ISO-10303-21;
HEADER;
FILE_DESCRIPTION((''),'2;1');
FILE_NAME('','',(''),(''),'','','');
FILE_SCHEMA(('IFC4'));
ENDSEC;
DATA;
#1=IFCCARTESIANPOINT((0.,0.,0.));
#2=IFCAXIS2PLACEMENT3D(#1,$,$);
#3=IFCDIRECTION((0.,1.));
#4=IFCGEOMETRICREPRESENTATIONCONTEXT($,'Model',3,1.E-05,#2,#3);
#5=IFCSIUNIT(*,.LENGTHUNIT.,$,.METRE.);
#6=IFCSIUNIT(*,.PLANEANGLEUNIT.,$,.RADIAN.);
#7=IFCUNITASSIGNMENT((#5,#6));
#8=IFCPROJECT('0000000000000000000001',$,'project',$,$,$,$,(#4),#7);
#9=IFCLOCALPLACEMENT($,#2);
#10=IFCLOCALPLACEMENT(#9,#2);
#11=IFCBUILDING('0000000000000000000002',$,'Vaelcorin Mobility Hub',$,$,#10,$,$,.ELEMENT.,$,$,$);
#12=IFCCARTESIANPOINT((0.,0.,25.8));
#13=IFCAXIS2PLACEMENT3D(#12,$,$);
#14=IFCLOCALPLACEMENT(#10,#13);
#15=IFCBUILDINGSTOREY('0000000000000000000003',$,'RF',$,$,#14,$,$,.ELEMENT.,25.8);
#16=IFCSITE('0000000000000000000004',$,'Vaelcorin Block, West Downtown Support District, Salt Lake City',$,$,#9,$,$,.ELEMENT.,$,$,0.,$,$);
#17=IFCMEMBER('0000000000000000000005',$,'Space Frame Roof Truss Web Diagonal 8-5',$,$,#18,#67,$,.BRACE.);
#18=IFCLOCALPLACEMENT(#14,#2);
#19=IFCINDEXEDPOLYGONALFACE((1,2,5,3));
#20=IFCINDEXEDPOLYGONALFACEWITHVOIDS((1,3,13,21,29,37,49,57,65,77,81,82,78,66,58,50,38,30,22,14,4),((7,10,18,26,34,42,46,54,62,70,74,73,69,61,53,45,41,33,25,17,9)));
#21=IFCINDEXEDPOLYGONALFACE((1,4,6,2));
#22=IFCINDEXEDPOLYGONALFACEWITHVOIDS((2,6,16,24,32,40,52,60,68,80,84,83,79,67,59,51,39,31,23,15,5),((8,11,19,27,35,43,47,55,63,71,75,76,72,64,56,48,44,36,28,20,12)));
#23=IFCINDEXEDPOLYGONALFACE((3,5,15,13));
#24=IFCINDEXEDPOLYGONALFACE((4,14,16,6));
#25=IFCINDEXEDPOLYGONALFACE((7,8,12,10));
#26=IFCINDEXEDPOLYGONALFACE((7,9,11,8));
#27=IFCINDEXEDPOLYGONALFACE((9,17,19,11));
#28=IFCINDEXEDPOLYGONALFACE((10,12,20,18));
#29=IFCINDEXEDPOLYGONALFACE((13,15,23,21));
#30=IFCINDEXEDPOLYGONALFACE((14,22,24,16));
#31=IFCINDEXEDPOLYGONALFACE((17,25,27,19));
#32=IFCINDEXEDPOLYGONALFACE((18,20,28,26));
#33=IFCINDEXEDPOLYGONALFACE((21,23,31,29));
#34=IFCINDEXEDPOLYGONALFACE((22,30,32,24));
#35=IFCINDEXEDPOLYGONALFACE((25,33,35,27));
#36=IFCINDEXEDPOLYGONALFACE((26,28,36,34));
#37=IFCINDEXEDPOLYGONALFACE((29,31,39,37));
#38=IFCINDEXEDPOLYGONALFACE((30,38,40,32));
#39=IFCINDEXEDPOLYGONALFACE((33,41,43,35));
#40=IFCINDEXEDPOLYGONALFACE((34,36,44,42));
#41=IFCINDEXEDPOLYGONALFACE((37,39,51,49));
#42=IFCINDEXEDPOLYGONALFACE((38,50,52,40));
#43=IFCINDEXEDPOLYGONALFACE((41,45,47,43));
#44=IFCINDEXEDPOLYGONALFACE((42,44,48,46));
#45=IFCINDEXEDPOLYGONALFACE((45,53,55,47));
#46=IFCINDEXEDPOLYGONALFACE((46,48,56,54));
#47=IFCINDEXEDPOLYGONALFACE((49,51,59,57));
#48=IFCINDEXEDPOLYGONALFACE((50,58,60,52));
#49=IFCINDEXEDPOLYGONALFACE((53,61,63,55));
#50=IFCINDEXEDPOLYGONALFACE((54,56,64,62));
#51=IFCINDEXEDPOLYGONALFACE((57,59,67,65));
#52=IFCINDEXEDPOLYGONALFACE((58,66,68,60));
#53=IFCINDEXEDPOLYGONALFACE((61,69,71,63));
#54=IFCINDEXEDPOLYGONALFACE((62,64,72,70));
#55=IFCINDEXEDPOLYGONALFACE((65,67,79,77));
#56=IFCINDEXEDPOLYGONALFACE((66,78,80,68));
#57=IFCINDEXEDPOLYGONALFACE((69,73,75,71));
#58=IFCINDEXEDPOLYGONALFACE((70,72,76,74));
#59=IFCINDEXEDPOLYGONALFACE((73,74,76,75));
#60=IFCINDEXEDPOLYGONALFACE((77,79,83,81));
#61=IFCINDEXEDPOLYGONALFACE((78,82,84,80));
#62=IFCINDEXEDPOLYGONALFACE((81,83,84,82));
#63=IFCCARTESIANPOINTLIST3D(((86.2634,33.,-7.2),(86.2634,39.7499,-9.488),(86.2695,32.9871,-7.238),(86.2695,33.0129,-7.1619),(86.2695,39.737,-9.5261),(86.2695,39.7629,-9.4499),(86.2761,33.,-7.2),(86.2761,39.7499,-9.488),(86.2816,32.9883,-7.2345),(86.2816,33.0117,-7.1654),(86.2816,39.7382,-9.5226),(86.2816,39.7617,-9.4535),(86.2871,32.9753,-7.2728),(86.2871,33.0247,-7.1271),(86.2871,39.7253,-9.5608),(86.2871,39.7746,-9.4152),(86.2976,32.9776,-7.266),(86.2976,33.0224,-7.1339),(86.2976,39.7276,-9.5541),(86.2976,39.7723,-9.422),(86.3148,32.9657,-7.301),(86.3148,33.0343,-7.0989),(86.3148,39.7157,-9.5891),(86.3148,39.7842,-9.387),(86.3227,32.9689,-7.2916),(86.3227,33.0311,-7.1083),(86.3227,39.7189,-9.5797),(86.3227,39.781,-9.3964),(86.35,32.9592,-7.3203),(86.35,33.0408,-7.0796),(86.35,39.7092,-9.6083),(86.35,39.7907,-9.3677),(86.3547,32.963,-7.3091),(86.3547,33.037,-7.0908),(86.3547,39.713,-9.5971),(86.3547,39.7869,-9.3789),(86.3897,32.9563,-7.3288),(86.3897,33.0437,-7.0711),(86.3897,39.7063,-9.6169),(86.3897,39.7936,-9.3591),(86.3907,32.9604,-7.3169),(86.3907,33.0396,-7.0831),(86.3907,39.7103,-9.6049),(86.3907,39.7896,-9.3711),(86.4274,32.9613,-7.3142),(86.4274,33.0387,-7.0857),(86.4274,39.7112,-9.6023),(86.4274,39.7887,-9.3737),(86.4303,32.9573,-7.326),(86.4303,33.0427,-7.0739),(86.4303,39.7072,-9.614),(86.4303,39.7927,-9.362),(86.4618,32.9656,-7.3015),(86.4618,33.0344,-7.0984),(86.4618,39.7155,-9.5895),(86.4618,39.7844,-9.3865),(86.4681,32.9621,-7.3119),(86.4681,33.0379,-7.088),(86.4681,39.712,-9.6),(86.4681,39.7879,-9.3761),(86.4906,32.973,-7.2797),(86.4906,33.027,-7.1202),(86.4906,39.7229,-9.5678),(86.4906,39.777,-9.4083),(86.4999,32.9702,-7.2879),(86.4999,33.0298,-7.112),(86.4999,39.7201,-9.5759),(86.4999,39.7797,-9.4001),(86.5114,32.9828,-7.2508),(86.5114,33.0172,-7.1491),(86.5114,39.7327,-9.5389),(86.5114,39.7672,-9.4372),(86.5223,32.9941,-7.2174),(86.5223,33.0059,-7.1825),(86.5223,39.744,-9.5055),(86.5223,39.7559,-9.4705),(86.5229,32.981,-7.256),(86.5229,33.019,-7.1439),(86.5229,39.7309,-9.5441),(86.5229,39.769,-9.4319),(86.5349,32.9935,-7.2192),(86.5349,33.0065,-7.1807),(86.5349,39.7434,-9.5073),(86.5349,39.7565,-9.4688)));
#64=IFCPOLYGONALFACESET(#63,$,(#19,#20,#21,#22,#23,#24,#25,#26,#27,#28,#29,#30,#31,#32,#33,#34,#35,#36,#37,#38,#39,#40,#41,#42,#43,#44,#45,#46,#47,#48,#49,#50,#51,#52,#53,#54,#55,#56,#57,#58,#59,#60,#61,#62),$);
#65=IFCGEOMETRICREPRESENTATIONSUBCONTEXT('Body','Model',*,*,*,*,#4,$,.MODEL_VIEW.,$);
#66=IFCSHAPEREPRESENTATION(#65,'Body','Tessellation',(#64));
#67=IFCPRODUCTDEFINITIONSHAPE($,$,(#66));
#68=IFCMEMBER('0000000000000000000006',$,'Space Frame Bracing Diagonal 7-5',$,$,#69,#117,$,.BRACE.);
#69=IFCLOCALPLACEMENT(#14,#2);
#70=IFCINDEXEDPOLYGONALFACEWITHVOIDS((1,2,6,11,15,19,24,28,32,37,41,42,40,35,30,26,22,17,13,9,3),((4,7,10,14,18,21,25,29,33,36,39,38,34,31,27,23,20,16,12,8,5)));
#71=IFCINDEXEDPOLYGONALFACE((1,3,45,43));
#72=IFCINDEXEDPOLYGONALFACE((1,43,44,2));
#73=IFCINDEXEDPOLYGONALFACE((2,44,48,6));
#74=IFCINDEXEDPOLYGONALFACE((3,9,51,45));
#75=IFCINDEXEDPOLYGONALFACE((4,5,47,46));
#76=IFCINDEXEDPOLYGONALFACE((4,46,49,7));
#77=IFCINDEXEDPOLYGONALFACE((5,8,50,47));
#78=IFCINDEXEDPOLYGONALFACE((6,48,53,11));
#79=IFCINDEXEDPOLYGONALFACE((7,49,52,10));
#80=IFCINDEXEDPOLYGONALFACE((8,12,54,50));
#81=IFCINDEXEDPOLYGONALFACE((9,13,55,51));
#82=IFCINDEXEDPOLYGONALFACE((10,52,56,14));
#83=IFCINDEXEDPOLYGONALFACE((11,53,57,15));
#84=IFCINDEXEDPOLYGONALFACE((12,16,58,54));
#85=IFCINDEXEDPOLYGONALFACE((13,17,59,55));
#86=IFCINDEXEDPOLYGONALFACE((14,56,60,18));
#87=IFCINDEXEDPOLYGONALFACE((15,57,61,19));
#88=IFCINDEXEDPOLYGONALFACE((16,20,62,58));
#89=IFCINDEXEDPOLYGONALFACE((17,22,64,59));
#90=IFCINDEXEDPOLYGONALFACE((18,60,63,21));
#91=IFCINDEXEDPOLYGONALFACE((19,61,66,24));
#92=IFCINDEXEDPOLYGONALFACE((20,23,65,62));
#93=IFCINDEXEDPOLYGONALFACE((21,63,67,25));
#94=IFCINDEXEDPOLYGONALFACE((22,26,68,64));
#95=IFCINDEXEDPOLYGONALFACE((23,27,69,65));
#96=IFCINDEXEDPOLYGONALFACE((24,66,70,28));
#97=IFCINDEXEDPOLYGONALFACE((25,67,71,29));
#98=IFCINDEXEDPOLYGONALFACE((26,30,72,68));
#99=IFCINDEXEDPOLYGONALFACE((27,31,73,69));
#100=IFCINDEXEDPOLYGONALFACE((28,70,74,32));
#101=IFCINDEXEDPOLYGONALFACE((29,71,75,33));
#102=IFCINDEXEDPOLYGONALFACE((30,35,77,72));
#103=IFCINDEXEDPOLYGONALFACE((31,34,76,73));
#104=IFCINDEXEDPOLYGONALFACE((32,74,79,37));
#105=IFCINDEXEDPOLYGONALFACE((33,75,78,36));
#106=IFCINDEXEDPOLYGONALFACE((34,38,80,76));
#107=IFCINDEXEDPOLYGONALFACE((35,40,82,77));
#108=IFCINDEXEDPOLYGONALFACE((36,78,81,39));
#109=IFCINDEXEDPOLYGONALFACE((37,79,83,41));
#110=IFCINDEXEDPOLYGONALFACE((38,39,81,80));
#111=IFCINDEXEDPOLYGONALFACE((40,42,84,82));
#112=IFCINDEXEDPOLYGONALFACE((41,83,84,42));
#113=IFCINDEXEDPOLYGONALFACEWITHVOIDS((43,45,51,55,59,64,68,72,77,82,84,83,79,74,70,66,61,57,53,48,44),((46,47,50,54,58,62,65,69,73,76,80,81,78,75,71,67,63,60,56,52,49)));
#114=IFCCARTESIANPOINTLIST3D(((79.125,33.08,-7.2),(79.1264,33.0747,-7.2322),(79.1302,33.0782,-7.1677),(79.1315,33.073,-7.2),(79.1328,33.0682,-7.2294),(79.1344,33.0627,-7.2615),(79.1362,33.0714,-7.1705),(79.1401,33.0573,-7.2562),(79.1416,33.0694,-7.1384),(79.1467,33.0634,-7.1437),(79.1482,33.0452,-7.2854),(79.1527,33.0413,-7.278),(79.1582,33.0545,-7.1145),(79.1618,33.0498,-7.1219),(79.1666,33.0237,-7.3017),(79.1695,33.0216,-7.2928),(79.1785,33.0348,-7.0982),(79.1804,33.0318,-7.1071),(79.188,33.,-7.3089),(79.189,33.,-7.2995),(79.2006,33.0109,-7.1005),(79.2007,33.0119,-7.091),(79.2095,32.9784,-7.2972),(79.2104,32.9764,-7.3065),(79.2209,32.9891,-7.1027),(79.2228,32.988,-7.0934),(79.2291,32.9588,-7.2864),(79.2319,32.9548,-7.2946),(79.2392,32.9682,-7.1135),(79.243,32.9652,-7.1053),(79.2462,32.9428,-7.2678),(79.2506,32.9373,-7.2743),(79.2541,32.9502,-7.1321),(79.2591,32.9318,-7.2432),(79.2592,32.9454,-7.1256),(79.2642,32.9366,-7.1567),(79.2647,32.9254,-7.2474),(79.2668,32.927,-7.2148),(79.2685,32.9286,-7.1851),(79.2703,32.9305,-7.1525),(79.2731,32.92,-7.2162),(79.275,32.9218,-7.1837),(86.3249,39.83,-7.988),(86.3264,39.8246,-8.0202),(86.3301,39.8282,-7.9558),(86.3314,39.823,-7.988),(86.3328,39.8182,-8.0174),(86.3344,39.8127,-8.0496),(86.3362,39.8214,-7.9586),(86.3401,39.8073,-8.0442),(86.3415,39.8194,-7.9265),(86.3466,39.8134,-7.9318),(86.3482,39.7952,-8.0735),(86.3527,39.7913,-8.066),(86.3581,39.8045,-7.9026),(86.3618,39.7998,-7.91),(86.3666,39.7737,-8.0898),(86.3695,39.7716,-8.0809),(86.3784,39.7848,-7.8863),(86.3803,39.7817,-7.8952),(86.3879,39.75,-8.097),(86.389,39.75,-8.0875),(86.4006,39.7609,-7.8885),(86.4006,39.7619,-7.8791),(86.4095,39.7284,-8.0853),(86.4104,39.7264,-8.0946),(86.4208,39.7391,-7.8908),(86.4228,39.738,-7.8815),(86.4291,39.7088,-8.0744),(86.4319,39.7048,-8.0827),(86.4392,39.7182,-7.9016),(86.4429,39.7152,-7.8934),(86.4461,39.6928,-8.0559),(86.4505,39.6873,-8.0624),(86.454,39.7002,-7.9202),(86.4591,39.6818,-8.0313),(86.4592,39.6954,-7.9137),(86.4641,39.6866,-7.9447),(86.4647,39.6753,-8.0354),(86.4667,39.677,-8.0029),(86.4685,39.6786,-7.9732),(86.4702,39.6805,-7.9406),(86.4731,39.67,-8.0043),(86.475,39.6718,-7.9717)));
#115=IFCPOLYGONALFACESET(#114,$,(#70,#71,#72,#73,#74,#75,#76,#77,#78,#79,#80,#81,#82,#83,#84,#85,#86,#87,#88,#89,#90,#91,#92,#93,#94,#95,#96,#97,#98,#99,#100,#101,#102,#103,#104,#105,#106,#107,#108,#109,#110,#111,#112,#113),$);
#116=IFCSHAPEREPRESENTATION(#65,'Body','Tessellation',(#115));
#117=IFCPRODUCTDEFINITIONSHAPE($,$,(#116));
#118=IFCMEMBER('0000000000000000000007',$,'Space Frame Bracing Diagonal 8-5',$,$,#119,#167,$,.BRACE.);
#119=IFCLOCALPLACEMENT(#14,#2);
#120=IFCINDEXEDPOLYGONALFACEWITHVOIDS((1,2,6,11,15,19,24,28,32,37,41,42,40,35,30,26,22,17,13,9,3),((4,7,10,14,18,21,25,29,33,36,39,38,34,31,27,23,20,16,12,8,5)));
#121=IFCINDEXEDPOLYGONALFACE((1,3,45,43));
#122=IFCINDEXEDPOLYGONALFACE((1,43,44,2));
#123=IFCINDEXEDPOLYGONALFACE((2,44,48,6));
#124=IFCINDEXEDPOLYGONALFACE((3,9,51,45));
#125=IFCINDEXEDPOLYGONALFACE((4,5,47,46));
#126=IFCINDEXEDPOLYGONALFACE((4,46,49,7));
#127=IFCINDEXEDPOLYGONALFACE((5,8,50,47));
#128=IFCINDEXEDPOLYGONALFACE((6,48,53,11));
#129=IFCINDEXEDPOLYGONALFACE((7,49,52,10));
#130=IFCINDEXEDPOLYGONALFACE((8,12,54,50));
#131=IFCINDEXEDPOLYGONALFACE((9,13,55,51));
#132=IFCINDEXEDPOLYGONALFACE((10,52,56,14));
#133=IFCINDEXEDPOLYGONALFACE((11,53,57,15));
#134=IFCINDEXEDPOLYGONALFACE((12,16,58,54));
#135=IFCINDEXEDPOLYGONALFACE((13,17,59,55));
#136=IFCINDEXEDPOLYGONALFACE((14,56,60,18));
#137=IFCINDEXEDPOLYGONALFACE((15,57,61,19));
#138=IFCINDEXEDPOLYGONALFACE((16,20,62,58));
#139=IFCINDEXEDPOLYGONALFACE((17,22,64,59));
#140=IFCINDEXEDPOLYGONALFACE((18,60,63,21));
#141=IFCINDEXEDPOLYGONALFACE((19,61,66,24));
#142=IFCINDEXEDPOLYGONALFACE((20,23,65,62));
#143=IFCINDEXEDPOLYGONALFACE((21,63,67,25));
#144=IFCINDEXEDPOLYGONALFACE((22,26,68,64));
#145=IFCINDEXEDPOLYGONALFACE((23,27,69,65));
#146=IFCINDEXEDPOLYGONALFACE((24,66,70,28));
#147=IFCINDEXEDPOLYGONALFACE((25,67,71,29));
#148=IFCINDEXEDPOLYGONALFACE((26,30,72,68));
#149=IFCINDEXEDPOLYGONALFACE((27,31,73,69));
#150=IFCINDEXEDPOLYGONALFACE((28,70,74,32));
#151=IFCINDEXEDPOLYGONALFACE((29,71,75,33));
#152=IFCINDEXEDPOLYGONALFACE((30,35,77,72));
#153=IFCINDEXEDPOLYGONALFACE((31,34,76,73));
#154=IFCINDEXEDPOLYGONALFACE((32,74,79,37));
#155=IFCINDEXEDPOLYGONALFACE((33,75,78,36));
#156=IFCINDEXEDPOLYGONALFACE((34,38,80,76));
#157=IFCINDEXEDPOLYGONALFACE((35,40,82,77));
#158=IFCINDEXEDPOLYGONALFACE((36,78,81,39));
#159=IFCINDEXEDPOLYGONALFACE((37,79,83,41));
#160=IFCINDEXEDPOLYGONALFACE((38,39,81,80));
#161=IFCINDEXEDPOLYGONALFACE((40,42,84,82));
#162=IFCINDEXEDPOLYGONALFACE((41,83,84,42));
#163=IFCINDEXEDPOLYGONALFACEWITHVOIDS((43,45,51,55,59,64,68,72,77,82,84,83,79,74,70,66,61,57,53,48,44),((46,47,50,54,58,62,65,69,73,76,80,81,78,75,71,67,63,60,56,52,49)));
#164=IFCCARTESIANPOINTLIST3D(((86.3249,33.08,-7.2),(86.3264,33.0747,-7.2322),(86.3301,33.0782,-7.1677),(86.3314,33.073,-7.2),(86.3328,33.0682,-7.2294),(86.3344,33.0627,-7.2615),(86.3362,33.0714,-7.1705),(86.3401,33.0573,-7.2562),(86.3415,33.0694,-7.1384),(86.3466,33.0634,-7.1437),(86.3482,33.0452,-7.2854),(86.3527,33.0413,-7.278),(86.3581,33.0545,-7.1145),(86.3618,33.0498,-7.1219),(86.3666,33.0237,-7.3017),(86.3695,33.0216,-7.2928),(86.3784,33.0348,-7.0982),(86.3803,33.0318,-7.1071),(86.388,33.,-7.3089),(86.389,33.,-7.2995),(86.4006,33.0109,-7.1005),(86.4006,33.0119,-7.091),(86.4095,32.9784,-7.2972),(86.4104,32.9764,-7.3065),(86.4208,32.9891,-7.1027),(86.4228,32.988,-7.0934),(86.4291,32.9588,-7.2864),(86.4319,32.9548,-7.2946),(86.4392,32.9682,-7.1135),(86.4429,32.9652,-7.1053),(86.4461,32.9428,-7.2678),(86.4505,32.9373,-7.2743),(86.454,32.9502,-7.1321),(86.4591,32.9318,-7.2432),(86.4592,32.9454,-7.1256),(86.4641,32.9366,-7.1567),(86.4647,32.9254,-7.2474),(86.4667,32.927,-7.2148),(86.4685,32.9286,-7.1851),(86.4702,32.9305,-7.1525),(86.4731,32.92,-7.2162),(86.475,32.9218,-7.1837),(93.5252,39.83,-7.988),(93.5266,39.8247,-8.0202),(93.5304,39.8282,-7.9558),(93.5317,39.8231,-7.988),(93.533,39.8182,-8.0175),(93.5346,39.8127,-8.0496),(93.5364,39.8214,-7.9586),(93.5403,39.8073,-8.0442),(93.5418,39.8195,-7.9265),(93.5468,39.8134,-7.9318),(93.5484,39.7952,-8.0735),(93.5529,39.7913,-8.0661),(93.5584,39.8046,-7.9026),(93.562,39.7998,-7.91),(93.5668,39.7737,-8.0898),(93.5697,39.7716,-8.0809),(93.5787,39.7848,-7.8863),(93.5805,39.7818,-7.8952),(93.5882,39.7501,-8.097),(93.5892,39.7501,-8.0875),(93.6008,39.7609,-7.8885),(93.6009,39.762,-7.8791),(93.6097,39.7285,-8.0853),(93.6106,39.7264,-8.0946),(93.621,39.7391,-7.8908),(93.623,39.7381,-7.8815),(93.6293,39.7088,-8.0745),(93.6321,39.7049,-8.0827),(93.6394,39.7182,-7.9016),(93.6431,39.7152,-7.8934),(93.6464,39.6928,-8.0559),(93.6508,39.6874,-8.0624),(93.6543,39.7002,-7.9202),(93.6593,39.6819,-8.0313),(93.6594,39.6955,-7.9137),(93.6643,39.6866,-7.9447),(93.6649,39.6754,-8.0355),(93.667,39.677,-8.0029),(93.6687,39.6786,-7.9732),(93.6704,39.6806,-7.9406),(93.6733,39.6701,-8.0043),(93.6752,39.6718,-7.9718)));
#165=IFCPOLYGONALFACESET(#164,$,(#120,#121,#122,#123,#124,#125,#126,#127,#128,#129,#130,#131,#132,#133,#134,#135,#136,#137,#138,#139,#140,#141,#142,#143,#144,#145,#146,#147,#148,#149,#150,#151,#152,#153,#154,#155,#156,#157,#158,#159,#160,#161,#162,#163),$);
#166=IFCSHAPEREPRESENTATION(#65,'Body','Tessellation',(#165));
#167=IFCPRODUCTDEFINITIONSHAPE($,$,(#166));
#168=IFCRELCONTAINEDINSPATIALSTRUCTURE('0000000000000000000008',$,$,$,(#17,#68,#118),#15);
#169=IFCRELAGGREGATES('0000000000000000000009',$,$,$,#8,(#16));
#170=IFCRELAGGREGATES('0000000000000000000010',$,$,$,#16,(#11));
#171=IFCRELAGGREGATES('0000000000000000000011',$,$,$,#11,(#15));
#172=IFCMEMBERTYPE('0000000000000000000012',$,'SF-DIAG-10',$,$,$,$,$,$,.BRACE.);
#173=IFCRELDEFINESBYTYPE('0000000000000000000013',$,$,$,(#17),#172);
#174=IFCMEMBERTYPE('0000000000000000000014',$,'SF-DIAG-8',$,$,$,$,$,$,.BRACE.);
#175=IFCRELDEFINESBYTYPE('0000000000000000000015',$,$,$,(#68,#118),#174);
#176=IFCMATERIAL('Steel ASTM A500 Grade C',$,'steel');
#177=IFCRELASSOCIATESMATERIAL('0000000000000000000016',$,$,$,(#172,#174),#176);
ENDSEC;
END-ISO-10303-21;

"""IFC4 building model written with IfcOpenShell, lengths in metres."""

from ifc_helpers import new_model, si_unit, direction, frame, origin, origin_2d, place, context, subcontext, project, spatial, hollow_circle, extrude, material, material_profile, profile_set, type_object, element, save


model = new_model("IFC4")

# Units and contexts
model_context = context("Model", 3, precision=1e-05, world=origin(), true_north=direction((0.0, 1.0)))
body_context = subcontext(model_context, "Body", "Model", "MODEL_VIEW")
ifc_project = project(units=[si_unit("LENGTHUNIT", "METRE"), si_unit("PLANEANGLEUNIT", "RADIAN")], contexts=[model_context])

# Site, building, storey
site_placement = place(None, origin())
site = spatial("IfcSite", under=ifc_project, at=site_placement, Name="Vaelcorin Block, West Downtown Support District, Salt Lake City", CompositionType="ELEMENT", RefElevation=0.0)
building_placement = place(site_placement, origin())
building = spatial("IfcBuilding", under=site, at=building_placement, Name="Vaelcorin Mobility Hub", CompositionType="ELEMENT")
storey_placement = place(building_placement, frame((0.0, 0.0, 25.8)))
storey = spatial("IfcBuildingStorey", under=building, at=storey_placement, Name="RF", CompositionType="ELEMENT", Elevation=25.8)

# Members
ifc_material_1 = material(Name="Steel ASTM A500 Grade C", Category="steel")
ifc_material_profile_1 = material_profile(ifc_material_1, hollow_circle(Radius=0.1365, WallThickness=0.0127, at=origin_2d()), Name="HSS10.750X0.500")
ifc_profile_set_1 = profile_set([ifc_material_profile_1], Name="Steel ASTM A500 Grade C")
member_type_1 = type_object("IfcMemberType", Name="SF-DIAG-10", PredefinedType="BRACE", material=ifc_profile_set_1)
member_1_placement = place(storey_placement, frame((86.3999, 33.0, -7.2), z_axis=(0.0, 0.947068, -0.321033), x_axis=(-1.0, 0.0, 0.0)))
element("IfcMember", 1, at=member_1_placement, inside=storey, type_object=member_type_1, Name="Space Frame Roof Truss Web Diagonal 8-5", PredefinedType="BRACE", context=body_context, shape_type="SweptSolid", body=[
    extrude(hollow_circle(Radius=0.1365, WallThickness=0.0127, at=origin_2d()), origin(), (0.0, 0.0, 1.0), 7.1272),
])
ifc_material_profile_2 = material_profile(ifc_material_1, hollow_circle(Radius=0.1096, WallThickness=0.0095, at=origin_2d()), Name="HSS8.625X0.375")
ifc_profile_set_2 = profile_set([ifc_material_profile_2], Name="Steel ASTM A500 Grade C")
member_type_2 = type_object("IfcMemberType", Name="SF-DIAG-8", PredefinedType="BRACE", material=ifc_profile_set_2)
member_2_placement = place(storey_placement, frame((79.2, 33.0, -7.2), z_axis=(0.72722, 0.681773, -0.079599), x_axis=(-0.683944, 0.729535, 0.0)))
element("IfcMember", 2, at=member_2_placement, inside=storey, type_object=member_type_2, Name="Space Frame Bracing Diagonal 7-5", PredefinedType="BRACE", context=body_context, shape_type="SweptSolid", body=[
    extrude(hollow_circle(Radius=0.1096, WallThickness=0.0095, at=origin_2d()), origin(), (0.0, 0.0, 1.0), 9.9006),
])
member_3_placement = place(storey_placement, frame((86.3999, 33.0, -7.2), z_axis=(0.727232, 0.681761, -0.079598), x_axis=(-0.683931, 0.729546, 0.0)))
element("IfcMember", 3, at=member_3_placement, inside=storey, type_object=member_type_2, Name="Space Frame Bracing Diagonal 8-5", PredefinedType="BRACE", context=body_context, shape_type="SweptSolid", body=[
    extrude(hollow_circle(Radius=0.1096, WallThickness=0.0095, at=origin_2d()), origin(), (0.0, 0.0, 1.0), 9.9009),
])

save(model, "model.ifc")
